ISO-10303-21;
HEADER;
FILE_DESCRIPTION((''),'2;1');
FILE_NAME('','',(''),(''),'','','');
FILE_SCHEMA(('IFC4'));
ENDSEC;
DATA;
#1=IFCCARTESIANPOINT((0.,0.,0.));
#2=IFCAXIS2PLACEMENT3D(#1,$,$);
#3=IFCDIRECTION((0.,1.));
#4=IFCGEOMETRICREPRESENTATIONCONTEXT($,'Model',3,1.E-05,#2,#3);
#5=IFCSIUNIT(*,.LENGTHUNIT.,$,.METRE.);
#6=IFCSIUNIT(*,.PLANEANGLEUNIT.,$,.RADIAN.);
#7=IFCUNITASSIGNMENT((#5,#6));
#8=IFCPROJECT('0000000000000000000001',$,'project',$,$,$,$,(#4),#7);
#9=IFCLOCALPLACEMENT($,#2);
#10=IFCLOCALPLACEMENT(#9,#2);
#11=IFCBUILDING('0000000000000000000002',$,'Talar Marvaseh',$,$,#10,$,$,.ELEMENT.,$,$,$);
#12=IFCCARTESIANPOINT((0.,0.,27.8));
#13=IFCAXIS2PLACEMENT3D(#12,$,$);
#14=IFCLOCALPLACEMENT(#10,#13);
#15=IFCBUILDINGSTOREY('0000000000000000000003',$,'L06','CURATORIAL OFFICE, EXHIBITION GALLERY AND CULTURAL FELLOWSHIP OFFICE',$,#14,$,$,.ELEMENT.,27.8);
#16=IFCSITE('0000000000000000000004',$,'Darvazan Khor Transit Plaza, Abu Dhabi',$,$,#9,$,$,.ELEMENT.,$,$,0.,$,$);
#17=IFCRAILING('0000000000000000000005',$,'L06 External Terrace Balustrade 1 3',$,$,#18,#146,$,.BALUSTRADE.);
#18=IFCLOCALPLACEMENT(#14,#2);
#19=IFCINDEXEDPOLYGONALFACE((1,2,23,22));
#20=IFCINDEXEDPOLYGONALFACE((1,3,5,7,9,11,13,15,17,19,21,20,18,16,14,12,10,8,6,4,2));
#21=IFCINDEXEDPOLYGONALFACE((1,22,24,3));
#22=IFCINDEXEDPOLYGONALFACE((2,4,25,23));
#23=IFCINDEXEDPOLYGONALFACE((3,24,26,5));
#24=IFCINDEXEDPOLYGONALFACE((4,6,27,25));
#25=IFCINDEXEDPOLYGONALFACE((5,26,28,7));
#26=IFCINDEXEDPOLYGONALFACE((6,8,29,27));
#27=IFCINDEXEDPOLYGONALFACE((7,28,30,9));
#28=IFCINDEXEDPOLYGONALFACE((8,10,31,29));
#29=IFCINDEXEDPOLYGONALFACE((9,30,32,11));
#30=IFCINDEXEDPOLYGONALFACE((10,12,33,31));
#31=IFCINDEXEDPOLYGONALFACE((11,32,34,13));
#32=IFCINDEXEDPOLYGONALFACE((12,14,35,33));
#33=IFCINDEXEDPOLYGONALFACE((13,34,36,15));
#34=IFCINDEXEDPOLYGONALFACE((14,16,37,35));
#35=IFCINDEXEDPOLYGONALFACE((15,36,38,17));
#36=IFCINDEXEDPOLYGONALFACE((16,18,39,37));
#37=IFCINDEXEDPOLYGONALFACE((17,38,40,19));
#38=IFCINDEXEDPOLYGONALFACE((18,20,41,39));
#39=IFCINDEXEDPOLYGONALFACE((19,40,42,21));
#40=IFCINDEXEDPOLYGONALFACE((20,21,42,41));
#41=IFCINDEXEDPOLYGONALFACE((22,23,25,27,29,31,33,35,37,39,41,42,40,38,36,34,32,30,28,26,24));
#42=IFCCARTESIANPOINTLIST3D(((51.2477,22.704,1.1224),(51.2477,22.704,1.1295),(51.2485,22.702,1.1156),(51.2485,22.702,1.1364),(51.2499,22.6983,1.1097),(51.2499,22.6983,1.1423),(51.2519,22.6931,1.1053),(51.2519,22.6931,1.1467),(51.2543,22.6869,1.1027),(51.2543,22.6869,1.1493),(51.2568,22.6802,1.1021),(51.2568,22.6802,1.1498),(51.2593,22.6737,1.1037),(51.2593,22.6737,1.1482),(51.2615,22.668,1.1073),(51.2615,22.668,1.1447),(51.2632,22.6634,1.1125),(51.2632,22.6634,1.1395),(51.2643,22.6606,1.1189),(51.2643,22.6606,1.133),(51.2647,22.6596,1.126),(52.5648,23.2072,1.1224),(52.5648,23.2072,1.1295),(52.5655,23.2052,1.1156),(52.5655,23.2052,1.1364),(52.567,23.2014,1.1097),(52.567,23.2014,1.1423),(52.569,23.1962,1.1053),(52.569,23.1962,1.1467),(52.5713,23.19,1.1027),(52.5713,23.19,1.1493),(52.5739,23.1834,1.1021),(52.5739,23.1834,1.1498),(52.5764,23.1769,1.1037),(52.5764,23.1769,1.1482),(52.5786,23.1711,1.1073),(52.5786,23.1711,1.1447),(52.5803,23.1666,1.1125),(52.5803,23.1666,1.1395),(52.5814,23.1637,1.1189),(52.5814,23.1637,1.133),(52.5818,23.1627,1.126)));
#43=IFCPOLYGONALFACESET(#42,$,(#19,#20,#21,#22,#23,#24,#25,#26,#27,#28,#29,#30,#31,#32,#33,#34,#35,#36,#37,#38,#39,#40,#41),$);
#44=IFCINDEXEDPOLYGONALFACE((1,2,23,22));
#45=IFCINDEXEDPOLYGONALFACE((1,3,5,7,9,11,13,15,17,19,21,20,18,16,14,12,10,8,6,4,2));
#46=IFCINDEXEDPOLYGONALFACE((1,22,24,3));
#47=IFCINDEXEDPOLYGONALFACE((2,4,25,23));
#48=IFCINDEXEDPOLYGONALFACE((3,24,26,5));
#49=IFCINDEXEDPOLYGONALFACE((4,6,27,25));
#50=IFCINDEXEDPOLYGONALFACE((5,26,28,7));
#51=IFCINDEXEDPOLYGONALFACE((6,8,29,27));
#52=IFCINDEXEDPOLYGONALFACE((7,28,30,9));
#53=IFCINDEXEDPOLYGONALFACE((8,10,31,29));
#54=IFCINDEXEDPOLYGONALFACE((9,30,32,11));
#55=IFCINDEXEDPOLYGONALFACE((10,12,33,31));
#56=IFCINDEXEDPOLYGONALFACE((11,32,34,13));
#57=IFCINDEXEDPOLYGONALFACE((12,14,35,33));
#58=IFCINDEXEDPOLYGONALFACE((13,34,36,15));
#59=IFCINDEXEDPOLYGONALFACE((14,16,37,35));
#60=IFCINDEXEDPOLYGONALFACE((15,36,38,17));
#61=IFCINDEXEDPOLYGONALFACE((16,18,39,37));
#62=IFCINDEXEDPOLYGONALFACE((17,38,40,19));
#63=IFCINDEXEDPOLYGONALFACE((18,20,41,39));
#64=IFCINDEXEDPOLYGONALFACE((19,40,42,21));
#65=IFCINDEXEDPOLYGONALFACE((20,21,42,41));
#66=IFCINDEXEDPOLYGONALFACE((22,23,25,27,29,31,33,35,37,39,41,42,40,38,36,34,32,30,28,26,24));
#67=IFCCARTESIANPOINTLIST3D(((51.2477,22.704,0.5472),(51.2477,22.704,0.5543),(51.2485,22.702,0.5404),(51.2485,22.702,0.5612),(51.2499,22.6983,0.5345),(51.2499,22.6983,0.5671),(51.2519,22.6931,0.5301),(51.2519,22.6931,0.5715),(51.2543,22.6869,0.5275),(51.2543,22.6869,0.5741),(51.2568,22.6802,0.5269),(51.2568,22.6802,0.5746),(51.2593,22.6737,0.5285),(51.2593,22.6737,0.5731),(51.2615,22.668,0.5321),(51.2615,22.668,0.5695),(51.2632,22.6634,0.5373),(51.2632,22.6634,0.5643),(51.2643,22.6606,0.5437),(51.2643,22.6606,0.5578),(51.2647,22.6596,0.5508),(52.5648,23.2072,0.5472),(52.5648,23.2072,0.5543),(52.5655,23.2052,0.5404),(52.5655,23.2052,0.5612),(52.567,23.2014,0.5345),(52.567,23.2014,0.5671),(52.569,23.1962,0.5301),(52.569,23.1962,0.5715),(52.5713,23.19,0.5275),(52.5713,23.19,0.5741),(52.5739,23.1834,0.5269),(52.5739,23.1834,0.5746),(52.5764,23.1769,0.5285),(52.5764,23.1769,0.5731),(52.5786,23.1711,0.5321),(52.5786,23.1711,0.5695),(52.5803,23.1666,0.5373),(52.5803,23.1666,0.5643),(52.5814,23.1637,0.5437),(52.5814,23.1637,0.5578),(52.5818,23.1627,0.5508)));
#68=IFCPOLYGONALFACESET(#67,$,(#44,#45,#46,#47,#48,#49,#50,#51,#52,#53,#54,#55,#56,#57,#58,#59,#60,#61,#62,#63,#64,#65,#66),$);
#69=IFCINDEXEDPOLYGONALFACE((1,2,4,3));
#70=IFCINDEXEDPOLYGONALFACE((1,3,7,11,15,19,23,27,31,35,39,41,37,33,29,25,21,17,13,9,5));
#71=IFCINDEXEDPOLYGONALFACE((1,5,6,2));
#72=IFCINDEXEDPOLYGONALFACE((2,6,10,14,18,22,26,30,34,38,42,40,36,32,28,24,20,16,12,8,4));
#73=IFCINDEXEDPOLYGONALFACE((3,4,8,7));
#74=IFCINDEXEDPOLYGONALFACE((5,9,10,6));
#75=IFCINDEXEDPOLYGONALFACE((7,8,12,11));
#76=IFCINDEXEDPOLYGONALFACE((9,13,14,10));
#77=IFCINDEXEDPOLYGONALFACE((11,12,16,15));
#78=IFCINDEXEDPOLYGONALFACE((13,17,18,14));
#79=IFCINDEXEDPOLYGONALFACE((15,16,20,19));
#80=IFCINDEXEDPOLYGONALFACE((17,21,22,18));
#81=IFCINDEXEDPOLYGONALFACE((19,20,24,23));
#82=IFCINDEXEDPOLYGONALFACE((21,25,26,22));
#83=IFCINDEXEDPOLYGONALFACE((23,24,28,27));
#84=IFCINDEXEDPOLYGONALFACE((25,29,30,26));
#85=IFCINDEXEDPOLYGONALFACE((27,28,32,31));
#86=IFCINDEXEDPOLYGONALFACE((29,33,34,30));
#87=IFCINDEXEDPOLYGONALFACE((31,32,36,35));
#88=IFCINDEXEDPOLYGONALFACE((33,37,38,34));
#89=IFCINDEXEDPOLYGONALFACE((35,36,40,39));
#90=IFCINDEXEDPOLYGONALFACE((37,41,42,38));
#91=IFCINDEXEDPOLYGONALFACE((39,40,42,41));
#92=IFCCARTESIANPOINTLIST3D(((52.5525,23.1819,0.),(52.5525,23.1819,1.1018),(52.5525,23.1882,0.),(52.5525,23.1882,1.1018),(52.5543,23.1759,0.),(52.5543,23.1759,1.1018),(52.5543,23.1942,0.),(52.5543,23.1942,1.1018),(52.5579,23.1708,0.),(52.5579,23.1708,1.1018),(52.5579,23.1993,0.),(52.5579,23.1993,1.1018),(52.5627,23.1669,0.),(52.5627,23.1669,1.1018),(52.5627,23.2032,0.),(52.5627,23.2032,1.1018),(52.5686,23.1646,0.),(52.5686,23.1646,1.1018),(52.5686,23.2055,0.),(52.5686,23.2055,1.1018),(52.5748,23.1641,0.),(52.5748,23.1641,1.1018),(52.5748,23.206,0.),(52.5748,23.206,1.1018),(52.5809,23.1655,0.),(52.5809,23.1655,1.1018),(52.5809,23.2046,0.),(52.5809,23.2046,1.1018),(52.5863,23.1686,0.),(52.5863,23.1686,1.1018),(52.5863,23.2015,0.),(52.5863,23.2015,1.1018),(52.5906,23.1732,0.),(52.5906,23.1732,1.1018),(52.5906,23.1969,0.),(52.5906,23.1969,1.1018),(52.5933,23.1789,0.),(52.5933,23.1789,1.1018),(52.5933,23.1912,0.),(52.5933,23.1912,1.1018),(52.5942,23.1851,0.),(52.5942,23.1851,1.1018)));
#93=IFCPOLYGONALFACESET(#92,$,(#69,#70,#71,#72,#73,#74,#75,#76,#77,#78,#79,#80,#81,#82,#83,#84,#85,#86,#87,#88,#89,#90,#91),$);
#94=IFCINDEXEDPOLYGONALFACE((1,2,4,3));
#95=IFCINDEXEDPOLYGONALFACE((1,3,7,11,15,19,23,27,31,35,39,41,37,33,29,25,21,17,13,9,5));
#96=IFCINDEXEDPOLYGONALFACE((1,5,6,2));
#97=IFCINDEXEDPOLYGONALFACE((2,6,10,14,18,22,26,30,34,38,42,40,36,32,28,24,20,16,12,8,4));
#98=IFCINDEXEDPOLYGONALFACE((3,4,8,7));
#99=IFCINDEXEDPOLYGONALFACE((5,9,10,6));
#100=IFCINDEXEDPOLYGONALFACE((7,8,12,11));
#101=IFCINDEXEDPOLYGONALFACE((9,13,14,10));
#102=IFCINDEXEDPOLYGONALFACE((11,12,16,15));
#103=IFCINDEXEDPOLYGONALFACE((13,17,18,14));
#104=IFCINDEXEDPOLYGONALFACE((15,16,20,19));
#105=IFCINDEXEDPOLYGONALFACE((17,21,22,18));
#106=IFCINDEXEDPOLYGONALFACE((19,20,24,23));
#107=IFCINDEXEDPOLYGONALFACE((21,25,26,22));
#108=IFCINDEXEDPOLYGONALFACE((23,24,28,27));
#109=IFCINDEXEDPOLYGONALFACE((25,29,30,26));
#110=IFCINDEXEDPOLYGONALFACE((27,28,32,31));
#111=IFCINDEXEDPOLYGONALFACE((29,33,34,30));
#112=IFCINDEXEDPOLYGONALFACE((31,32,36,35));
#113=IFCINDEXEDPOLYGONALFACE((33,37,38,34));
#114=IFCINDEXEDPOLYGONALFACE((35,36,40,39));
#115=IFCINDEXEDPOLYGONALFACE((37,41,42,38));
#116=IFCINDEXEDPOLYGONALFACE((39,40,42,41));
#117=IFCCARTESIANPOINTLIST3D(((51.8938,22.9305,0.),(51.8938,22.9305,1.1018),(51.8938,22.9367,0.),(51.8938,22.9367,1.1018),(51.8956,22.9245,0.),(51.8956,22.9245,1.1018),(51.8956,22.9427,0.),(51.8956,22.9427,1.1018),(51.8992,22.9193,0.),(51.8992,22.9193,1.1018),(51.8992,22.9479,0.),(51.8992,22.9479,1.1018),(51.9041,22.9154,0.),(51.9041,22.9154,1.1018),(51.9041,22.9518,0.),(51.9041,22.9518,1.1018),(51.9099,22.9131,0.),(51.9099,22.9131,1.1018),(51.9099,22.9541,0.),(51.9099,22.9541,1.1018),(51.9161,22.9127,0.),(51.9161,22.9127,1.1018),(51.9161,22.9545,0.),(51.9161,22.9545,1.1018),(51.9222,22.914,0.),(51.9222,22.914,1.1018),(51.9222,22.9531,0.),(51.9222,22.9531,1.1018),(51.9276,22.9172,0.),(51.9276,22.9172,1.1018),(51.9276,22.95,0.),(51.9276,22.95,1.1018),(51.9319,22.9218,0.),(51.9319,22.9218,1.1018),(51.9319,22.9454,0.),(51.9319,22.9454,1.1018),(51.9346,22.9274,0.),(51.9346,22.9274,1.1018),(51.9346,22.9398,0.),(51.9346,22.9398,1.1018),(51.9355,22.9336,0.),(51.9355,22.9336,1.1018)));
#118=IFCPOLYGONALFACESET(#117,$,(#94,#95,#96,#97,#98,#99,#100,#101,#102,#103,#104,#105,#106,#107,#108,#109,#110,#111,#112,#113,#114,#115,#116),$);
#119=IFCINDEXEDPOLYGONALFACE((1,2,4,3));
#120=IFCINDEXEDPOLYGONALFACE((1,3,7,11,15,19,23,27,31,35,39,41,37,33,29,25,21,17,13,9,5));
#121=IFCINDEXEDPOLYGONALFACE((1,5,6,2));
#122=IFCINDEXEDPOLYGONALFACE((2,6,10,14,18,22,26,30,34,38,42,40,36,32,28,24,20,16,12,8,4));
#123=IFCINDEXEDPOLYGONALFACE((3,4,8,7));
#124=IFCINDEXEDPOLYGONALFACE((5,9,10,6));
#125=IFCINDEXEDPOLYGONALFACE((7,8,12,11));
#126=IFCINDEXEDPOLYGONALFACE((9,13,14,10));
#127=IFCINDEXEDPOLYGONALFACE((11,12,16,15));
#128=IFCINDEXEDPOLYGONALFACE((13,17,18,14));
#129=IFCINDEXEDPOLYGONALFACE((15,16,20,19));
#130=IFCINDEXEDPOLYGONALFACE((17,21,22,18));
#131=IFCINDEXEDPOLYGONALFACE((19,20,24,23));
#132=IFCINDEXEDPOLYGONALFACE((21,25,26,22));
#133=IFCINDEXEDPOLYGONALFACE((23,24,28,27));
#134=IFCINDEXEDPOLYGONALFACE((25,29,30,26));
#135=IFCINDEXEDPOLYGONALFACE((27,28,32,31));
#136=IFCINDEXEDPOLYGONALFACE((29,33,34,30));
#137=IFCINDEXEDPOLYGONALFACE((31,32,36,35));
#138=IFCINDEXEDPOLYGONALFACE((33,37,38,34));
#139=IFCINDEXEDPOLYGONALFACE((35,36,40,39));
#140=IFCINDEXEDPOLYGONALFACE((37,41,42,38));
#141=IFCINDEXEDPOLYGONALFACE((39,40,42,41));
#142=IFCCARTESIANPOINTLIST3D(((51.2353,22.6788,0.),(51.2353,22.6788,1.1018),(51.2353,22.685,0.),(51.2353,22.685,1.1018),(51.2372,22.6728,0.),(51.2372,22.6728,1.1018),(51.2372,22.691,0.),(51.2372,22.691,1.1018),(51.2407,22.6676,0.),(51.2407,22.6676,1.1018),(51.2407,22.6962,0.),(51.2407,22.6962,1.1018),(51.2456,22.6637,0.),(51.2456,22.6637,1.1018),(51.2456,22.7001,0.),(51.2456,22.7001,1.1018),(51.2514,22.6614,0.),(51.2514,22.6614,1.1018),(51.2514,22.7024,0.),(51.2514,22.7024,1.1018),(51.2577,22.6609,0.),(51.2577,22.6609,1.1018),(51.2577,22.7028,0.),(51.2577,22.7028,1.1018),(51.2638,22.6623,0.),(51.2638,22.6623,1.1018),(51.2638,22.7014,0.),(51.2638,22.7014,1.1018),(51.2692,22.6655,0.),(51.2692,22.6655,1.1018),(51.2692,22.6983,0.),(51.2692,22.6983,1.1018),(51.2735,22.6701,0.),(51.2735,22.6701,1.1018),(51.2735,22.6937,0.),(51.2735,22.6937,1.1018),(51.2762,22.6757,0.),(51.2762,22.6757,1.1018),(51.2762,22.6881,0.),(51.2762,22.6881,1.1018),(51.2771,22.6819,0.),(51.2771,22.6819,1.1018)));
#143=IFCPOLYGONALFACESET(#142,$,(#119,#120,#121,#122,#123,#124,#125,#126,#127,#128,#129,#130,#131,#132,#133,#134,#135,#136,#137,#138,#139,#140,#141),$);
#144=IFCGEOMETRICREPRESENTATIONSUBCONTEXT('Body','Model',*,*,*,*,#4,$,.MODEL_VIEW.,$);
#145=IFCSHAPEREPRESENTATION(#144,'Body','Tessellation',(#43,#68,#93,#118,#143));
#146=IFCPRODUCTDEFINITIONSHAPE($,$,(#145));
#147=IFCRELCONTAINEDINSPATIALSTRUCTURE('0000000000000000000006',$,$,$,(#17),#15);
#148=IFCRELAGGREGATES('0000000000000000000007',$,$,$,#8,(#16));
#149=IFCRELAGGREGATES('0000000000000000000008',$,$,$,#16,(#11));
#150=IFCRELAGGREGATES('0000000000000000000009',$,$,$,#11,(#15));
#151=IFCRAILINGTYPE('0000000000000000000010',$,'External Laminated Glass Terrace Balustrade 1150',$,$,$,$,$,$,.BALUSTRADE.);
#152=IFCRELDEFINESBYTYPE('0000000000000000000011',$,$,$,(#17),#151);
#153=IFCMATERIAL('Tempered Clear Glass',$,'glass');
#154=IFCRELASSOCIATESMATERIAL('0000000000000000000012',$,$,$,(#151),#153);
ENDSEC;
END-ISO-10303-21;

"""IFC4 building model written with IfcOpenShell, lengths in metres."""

from ifc_helpers import new_model, si_unit, direction, frame, origin, origin_2d, place, context, subcontext, project, spatial, circle, extrude, material, type_object, element, save


model = new_model("IFC4")

# Units and contexts
model_context = context("Model", 3, precision=1e-05, world=origin(), true_north=direction((0.0, 1.0)))
body_context = subcontext(model_context, "Body", "Model", "MODEL_VIEW")
ifc_project = project(units=[si_unit("LENGTHUNIT", "METRE"), si_unit("PLANEANGLEUNIT", "RADIAN")], contexts=[model_context])

# Site, building, storey
site_placement = place(None, origin())
site = spatial("IfcSite", under=ifc_project, at=site_placement, Name="Darvazan Khor Transit Plaza, Abu Dhabi", CompositionType="ELEMENT", RefElevation=0.0)
building_placement = place(site_placement, origin())
building = spatial("IfcBuilding", under=site, at=building_placement, Name="Talar Marvaseh", CompositionType="ELEMENT")
storey_placement = place(building_placement, frame((0.0, 0.0, 27.8)))
storey = spatial("IfcBuildingStorey", under=building, at=storey_placement, Name="L06", Description="CURATORIAL OFFICE, EXHIBITION GALLERY AND CULTURAL FELLOWSHIP OFFICE", CompositionType="ELEMENT", Elevation=27.8)

# Railing
ifc_material_1 = material(Name="Tempered Clear Glass", Category="glass")
railing_type = type_object("IfcRailingType", Name="External Laminated Glass Terrace Balustrade 1150", PredefinedType="BALUSTRADE", material=ifc_material_1)
railing_placement = place(storey_placement, frame((52.5732, 23.1851, 0.0)))
element("IfcRailing", 1, at=railing_placement, inside=storey, type_object=railing_type, Name="L06 External Terrace Balustrade 1 3", PredefinedType="BALUSTRADE", context=body_context, shape_type="SweptSolid", body=[
    extrude(circle(Radius=0.0239, at=origin_2d()), frame((0.0, 0.0, 1.126), z_axis=(-0.934155, -0.356866, 0.0), x_axis=(0.356866, -0.934155, 0.0)), (0.0, 0.0, 1.0), 1.4099),
    extrude(circle(Radius=0.0239, at=origin_2d()), frame((0.0, 0.0, 0.5508), z_axis=(-0.934155, -0.356866, 0.0), x_axis=(0.356866, -0.934155, 0.0)), (0.0, 0.0, 1.0), 1.4099),
    extrude(circle(Radius=0.021, at=origin_2d()), origin(), (0.0, 0.0, 1.0), 1.1018),
    extrude(circle(Radius=0.021, at=origin_2d()), frame((-0.6587, -0.2515, 0.0)), (0.0, 0.0, 1.0), 1.1018),
    extrude(circle(Radius=0.021, at=origin_2d()), frame((-1.3171, -0.5032, 0.0)), (0.0, 0.0, 1.0), 1.1018),
])

save(model, "model.ifc")
